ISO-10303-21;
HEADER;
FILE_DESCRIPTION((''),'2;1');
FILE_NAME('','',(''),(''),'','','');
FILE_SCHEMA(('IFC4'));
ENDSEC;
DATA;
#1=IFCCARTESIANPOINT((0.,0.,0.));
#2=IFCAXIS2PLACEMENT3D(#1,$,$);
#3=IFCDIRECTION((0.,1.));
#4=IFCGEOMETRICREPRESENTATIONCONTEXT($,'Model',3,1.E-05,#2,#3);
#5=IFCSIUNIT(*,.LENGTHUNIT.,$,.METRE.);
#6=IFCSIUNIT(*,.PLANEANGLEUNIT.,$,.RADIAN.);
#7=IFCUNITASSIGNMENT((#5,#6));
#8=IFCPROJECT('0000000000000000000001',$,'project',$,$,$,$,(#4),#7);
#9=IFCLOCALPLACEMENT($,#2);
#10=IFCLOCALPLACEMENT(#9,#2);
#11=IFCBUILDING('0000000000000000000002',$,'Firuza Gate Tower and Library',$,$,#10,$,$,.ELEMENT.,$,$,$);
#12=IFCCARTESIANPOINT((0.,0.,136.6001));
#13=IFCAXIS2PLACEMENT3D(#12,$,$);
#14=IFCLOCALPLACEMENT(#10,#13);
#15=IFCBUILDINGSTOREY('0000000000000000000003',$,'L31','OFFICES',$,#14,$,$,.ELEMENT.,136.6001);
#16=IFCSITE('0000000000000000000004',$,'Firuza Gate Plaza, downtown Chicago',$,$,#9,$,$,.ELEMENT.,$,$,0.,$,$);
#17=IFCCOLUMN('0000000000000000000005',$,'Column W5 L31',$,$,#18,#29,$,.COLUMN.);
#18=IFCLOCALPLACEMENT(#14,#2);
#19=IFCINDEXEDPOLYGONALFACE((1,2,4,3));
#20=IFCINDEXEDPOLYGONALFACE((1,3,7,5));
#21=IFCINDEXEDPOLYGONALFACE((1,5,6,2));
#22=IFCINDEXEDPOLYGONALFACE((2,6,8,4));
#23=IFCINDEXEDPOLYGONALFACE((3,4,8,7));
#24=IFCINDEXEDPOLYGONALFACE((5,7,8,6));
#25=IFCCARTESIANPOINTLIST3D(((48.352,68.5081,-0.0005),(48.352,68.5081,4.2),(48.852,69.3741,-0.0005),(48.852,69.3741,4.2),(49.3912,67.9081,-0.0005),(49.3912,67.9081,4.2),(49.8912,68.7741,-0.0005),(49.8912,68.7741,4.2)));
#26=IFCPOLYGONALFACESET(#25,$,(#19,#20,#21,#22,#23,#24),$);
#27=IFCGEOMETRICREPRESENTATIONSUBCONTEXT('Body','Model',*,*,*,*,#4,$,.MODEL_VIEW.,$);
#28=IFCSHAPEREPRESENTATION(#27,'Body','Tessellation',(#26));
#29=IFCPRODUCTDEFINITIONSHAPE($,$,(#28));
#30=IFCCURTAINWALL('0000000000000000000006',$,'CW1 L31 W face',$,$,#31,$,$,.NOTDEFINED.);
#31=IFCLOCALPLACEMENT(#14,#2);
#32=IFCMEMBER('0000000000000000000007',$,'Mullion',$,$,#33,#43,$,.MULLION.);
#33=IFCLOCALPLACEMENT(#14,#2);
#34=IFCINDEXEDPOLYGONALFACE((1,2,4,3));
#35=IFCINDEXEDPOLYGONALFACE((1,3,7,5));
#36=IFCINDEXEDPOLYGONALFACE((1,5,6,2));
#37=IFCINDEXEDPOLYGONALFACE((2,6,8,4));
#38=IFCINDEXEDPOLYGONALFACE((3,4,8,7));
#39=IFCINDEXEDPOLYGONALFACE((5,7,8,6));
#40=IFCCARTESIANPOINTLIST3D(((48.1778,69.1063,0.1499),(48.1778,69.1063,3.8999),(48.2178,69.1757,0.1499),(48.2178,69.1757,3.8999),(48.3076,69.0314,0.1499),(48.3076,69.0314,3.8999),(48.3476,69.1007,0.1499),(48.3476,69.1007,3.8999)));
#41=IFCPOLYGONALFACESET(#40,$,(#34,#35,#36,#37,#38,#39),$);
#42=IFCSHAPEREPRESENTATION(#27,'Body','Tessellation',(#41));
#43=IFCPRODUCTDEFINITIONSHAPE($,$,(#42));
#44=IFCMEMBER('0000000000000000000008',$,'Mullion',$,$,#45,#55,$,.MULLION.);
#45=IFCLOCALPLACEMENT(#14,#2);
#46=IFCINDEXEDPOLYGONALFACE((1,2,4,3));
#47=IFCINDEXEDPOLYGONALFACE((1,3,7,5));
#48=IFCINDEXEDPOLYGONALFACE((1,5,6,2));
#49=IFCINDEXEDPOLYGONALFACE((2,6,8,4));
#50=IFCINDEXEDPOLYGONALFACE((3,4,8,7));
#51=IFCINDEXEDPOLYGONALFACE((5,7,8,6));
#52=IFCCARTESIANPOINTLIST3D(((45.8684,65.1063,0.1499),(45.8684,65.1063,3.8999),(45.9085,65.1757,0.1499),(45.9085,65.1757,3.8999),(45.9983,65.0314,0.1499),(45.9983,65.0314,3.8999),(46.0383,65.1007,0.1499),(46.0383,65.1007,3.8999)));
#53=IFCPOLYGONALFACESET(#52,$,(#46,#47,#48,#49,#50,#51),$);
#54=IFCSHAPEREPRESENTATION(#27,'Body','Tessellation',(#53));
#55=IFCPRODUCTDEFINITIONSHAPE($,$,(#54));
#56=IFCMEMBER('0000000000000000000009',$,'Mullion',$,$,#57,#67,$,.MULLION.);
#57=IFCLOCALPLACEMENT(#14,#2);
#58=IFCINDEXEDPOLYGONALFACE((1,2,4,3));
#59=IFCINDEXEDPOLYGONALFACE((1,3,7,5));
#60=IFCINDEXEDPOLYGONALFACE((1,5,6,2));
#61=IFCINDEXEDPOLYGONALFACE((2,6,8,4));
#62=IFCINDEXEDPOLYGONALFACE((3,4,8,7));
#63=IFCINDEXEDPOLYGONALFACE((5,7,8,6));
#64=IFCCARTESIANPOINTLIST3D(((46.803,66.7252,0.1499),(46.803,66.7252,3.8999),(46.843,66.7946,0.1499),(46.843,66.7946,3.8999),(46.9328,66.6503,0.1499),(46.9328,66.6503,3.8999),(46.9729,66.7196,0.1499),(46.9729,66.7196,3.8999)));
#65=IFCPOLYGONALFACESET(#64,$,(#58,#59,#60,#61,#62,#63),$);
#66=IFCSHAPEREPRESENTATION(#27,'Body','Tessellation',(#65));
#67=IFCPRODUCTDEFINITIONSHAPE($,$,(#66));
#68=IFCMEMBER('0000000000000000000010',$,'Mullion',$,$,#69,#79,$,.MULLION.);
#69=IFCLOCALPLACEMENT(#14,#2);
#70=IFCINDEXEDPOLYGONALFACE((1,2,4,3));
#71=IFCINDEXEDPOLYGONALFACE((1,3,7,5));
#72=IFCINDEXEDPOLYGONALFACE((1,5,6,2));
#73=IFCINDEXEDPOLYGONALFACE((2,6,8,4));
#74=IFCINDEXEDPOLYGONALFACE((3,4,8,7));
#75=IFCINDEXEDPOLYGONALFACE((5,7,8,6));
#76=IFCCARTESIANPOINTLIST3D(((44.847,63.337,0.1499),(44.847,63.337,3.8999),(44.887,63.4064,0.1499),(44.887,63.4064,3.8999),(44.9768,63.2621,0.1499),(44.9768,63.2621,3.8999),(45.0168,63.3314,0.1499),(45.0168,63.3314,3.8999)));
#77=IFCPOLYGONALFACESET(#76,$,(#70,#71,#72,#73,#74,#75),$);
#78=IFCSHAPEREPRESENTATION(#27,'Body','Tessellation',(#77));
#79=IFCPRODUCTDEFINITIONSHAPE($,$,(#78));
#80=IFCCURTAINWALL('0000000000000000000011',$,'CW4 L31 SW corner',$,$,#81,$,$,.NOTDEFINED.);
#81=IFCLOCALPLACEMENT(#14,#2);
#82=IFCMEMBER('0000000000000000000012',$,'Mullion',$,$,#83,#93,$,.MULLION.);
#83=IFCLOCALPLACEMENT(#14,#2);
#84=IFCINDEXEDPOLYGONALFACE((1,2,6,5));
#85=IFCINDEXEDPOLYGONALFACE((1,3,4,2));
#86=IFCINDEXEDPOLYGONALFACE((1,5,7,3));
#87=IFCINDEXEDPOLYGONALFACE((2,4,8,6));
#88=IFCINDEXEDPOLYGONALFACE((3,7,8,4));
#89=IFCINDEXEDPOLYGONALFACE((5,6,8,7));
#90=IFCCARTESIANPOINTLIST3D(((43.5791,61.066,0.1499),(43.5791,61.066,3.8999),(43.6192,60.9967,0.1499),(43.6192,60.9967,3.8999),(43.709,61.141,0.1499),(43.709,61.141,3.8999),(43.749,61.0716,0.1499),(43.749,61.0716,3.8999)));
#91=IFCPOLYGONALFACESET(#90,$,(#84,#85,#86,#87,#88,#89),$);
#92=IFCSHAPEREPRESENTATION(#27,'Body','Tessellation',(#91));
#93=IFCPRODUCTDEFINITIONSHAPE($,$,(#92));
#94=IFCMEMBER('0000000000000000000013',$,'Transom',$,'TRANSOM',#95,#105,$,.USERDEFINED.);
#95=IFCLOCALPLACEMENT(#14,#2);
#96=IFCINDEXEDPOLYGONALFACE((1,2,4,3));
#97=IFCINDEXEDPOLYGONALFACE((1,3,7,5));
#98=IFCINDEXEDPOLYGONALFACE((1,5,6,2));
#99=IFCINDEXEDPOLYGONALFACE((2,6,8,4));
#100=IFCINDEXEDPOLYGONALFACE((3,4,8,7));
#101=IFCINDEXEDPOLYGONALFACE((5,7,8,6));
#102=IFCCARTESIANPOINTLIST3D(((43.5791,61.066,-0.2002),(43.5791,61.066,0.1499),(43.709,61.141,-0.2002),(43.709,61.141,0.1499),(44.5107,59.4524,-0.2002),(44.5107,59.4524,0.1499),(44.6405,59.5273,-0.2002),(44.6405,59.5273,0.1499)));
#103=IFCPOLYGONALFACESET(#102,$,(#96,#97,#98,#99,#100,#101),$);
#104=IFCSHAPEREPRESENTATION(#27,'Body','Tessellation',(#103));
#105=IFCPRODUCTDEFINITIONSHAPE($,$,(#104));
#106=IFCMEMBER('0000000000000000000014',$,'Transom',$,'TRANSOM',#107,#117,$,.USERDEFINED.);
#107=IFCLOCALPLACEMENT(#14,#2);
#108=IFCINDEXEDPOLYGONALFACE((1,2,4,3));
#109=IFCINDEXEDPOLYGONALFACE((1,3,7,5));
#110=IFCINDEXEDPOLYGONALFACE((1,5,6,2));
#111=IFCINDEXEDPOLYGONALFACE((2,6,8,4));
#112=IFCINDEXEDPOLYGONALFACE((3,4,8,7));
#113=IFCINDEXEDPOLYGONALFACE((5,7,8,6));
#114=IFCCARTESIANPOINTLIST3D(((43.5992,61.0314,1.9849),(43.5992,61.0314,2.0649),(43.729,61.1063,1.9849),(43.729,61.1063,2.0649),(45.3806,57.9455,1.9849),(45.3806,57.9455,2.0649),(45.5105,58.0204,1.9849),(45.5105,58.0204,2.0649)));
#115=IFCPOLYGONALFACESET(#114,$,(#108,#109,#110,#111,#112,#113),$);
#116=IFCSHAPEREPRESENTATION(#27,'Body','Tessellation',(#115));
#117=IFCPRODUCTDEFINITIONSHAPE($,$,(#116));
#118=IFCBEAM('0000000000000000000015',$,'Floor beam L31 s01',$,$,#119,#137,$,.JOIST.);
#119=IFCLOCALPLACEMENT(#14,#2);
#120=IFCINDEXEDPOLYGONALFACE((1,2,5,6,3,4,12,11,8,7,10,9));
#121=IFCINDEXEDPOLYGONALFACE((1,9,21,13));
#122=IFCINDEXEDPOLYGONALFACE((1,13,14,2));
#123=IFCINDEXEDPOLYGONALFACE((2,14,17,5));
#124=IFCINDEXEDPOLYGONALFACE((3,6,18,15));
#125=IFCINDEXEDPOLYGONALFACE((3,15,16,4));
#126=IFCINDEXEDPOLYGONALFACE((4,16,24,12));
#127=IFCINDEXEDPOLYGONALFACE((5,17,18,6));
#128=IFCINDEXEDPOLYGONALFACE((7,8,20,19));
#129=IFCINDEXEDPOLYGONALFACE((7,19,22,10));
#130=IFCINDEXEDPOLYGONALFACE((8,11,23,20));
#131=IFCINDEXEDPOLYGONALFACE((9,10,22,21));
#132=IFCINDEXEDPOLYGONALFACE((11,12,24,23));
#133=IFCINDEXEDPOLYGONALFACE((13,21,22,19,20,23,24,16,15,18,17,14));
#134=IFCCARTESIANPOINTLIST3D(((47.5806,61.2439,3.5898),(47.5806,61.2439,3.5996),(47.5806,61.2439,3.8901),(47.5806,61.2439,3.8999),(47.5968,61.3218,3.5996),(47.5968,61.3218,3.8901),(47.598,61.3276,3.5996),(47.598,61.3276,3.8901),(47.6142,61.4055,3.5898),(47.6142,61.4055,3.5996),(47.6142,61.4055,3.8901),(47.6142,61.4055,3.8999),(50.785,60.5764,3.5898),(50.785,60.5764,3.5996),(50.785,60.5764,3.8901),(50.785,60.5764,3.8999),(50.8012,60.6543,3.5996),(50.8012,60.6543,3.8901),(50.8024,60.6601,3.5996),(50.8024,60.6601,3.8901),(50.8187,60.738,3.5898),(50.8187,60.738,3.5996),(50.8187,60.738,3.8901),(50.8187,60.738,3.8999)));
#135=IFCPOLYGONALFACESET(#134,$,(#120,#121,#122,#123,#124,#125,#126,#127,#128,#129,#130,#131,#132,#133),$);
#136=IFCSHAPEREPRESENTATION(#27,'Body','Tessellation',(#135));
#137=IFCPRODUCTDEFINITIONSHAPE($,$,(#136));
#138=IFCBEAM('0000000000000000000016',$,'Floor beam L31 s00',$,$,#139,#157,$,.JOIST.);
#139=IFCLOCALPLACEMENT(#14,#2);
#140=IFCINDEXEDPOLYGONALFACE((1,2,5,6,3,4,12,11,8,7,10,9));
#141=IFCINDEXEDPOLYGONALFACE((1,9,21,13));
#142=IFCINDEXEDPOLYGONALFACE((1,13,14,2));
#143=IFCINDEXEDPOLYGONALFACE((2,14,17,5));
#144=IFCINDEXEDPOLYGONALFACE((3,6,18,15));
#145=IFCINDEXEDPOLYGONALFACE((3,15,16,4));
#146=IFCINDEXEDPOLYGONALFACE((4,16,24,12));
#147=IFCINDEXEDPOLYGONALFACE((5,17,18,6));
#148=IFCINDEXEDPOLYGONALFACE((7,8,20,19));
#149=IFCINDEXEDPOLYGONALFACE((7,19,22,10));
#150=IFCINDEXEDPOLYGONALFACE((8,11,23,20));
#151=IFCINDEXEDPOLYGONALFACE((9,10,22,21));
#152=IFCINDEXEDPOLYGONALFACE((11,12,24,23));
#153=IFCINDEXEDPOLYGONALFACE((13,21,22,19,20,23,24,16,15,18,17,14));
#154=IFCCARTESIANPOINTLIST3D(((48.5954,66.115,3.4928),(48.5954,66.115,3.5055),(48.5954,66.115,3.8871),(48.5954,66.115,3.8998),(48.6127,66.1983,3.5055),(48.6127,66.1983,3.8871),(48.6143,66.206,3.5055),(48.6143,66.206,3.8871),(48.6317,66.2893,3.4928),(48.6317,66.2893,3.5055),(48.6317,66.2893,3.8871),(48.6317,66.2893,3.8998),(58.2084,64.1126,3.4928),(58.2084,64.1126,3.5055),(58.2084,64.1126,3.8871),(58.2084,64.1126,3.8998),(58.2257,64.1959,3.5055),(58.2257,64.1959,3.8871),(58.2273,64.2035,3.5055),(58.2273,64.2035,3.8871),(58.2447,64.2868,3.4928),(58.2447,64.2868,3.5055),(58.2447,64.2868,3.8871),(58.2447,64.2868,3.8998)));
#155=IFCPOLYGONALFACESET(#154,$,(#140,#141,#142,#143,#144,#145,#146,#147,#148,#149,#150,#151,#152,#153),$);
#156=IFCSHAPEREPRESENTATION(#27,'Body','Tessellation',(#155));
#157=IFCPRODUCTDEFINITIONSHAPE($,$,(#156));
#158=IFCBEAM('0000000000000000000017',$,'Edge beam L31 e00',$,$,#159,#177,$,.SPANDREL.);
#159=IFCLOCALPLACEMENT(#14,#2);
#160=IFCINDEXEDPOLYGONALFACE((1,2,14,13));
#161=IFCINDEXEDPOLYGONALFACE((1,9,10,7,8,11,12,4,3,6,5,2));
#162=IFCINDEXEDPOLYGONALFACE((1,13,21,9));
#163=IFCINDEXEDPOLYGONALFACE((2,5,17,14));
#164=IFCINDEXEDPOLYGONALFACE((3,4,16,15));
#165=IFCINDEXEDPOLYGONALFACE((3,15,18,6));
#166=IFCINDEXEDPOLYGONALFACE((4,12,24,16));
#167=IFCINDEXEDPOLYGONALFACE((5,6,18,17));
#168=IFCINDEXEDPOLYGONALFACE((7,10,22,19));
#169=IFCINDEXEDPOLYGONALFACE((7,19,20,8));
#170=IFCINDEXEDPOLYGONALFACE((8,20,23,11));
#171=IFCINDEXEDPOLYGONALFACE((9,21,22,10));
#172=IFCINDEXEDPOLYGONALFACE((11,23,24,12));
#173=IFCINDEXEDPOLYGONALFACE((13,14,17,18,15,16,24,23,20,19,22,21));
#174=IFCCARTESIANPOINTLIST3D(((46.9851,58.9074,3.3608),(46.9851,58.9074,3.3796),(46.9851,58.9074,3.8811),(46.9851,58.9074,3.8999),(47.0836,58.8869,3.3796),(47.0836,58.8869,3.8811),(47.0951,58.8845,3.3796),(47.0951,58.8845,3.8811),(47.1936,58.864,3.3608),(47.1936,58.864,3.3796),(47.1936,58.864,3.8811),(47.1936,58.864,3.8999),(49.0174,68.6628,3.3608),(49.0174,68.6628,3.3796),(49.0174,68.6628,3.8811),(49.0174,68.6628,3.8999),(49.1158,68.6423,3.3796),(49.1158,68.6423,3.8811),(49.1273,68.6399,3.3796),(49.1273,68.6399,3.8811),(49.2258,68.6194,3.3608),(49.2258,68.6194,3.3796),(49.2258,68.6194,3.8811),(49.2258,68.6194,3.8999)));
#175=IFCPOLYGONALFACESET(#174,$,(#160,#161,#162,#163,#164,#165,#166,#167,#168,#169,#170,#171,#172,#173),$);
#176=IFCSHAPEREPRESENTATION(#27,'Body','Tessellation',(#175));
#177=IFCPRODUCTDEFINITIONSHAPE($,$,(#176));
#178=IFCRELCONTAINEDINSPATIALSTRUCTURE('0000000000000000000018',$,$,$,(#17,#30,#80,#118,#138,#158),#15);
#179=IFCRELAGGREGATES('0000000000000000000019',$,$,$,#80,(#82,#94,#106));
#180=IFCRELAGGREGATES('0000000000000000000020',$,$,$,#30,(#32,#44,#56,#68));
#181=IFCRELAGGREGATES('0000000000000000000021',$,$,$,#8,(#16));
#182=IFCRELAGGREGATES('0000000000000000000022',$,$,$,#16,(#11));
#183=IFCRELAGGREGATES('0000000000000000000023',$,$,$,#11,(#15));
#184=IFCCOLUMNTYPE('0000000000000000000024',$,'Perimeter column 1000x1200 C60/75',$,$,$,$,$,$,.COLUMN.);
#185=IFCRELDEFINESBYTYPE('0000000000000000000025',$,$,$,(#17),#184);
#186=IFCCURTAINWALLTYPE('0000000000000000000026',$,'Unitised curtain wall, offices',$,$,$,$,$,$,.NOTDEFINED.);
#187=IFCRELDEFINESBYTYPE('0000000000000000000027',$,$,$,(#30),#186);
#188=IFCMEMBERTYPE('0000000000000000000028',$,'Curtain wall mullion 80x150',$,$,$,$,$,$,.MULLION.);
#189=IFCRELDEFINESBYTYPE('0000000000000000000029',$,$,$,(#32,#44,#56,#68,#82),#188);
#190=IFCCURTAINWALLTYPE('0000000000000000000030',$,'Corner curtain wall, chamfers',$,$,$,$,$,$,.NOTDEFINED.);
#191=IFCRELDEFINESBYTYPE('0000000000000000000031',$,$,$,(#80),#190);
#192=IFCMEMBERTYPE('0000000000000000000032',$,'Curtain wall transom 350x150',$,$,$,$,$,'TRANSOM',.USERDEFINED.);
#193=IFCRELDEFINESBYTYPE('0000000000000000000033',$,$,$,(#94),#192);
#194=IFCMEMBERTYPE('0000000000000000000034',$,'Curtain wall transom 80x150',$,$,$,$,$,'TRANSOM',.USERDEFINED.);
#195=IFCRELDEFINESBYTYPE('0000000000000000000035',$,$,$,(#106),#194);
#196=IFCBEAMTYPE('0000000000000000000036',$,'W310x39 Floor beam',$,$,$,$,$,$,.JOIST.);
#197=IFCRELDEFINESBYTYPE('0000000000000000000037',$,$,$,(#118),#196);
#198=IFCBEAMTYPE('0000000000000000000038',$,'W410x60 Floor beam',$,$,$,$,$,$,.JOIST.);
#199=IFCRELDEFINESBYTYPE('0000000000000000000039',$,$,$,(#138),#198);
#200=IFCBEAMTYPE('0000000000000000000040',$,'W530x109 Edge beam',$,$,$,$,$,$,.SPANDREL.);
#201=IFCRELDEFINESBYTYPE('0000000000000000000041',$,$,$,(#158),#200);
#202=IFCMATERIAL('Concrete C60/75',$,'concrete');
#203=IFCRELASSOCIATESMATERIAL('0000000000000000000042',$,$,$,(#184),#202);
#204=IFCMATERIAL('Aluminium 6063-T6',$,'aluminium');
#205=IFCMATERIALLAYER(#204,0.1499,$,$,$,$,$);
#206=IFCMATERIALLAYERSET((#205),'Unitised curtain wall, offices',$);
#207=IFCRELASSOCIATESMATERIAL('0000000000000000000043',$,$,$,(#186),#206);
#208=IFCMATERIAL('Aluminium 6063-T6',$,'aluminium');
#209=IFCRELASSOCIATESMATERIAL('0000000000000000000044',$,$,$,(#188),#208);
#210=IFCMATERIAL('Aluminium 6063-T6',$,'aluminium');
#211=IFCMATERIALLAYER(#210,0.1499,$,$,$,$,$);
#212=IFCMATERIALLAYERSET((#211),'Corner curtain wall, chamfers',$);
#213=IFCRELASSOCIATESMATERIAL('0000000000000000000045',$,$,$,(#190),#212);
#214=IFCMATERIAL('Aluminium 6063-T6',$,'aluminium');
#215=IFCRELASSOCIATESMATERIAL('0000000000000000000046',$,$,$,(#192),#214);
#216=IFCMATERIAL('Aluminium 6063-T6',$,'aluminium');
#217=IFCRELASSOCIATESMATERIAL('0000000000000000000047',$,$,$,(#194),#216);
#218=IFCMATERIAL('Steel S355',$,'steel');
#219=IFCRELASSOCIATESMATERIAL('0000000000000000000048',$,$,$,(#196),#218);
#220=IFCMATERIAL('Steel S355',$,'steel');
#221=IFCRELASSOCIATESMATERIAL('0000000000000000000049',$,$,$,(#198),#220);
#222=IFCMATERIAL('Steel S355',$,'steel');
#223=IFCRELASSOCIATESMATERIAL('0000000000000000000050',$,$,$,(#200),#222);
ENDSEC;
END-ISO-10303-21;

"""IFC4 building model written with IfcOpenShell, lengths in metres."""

from ifc_helpers import new_model, si_unit, direction, frame, origin, origin_2d, place, context, subcontext, project, spatial, rectangle, i_section, extrude, material, layer, layer_set, material_profile, profile_set, type_object, element, aggregate, save


model = new_model("IFC4")

# Units and contexts
model_context = context("Model", 3, precision=1e-05, world=origin(), true_north=direction((0.0, 1.0)))
body_context = subcontext(model_context, "Body", "Model", "MODEL_VIEW")
ifc_project = project(units=[si_unit("LENGTHUNIT", "METRE"), si_unit("PLANEANGLEUNIT", "RADIAN")], contexts=[model_context])

# Site, building, storey
site_placement = place(None, origin())
site = spatial("IfcSite", under=ifc_project, at=site_placement, Name="Firuza Gate Plaza, downtown Chicago", CompositionType="ELEMENT", RefElevation=0.0)
building_placement = place(site_placement, origin())
building = spatial("IfcBuilding", under=site, at=building_placement, Name="Firuza Gate Tower and Library", CompositionType="ELEMENT")
storey_placement = place(building_placement, frame((0.0, 0.0, 136.6001)))
storey = spatial("IfcBuildingStorey", under=building, at=storey_placement, Name="L31", Description="OFFICES", CompositionType="ELEMENT", Elevation=136.6001)

# Column
ifc_material_1 = material(Name="Concrete C60/75", Category="concrete")
ifc_material_profile_1 = material_profile(ifc_material_1, rectangle(XDim=1.0, YDim=1.2, at=origin_2d()))
ifc_profile_set_1 = profile_set([ifc_material_profile_1], Name="Concrete C60/75")
column_type = type_object("IfcColumnType", Name="Perimeter column 1000x1200 C60/75", PredefinedType="COLUMN", material=ifc_profile_set_1)
column_placement = place(storey_placement, frame((49.1216, 68.6411, -0.0005), z_axis=(0.0, 0.0, 1.0), x_axis=(-0.5, -0.866025, 0.0)))
element("IfcColumn", 1, at=column_placement, inside=storey, type_object=column_type, Name="Column W5 L31", PredefinedType="COLUMN", context=body_context, shape_type="SweptSolid", body=[
    extrude(rectangle(XDim=1.0, YDim=1.2, at=origin_2d()), origin(), (0.0, 0.0, 1.0), 4.2004),
])

# Curtain walls, members
ifc_material_2 = material(Name="Aluminium 6063-T6", Category="aluminium")
ifc_layer_1 = layer(ifc_material_2, 0.1499)
ifc_layer_set_1 = layer_set([ifc_layer_1], Name="Unitised curtain wall, offices")
curtain_wall_type_1 = type_object("IfcCurtainWallType", Name="Unitised curtain wall, offices", PredefinedType="NOTDEFINED", material=ifc_layer_set_1)
placement = place(storey_placement, origin())
curtain_wall_1 = element("IfcCurtainWall", 2, at=placement, inside=storey, type_object=curtain_wall_type_1, Name="CW1 L31 W face", PredefinedType="NOTDEFINED")
ifc_material_3 = material(Name="Aluminium 6063-T6", Category="aluminium")
ifc_material_profile_2 = material_profile(ifc_material_3, rectangle(XDim=0.1499, YDim=0.0801, at=origin_2d()))
ifc_profile_set_2 = profile_set([ifc_material_profile_2], Name="Aluminium 6063-T6")
member_type_1 = type_object("IfcMemberType", Name="Curtain wall mullion 80x150", PredefinedType="MULLION", material=ifc_profile_set_2)
member_1_placement = place(storey_placement, frame((48.2627, 69.1035, 0.1499), z_axis=(0.0, 0.0, 1.0), x_axis=(0.866025, -0.5, 0.0)))
member_1 = element("IfcMember", 3, at=member_1_placement, type_object=member_type_1, Name="Mullion", PredefinedType="MULLION", context=body_context, shape_type="SweptSolid", body=[
    extrude(rectangle(XDim=0.1499, YDim=0.0801, at=origin_2d()), origin(), (0.0, 0.0, 1.0), 3.75),
])
member_2_placement = place(storey_placement, frame((45.9534, 65.1035, 0.1499), z_axis=(0.0, 0.0, 1.0), x_axis=(0.866025, -0.5, 0.0)))
member_2 = element("IfcMember", 4, at=member_2_placement, type_object=member_type_1, Name="Mullion", PredefinedType="MULLION", context=body_context, shape_type="SweptSolid", body=[
    extrude(rectangle(XDim=0.1499, YDim=0.0801, at=origin_2d()), origin(), (0.0, 0.0, 1.0), 3.75),
])
member_3_placement = place(storey_placement, frame((46.8879, 66.7224, 0.1499), z_axis=(0.0, 0.0, 1.0), x_axis=(0.866025, -0.5, 0.0)))
member_3 = element("IfcMember", 5, at=member_3_placement, type_object=member_type_1, Name="Mullion", PredefinedType="MULLION", context=body_context, shape_type="SweptSolid", body=[
    extrude(rectangle(XDim=0.1499, YDim=0.0801, at=origin_2d()), origin(), (0.0, 0.0, 1.0), 3.75),
])
member_4_placement = place(storey_placement, frame((44.9319, 63.3342, 0.1499), z_axis=(0.0, 0.0, 1.0), x_axis=(0.866025, -0.5, 0.0)))
member_4 = element("IfcMember", 6, at=member_4_placement, type_object=member_type_1, Name="Mullion", PredefinedType="MULLION", context=body_context, shape_type="SweptSolid", body=[
    extrude(rectangle(XDim=0.1499, YDim=0.0801, at=origin_2d()), origin(), (0.0, 0.0, 1.0), 3.75),
])
ifc_material_4 = material(Name="Aluminium 6063-T6", Category="aluminium")
ifc_layer_2 = layer(ifc_material_4, 0.1499)
ifc_layer_set_2 = layer_set([ifc_layer_2], Name="Corner curtain wall, chamfers")
curtain_wall_type_2 = type_object("IfcCurtainWallType", Name="Corner curtain wall, chamfers", PredefinedType="NOTDEFINED", material=ifc_layer_set_2)
curtain_wall_2 = element("IfcCurtainWall", 7, at=placement, inside=storey, type_object=curtain_wall_type_2, Name="CW4 L31 SW corner", PredefinedType="NOTDEFINED")
member_5_placement = place(storey_placement, frame((43.6641, 61.0688, 0.1499), z_axis=(0.0, 0.0, 1.0), x_axis=(0.866025, 0.5, 0.0)))
member_5 = element("IfcMember", 8, at=member_5_placement, type_object=member_type_1, Name="Mullion", PredefinedType="MULLION", context=body_context, shape_type="SweptSolid", body=[
    extrude(rectangle(XDim=0.1499, YDim=0.0801, at=origin_2d()), origin(), (0.0, 0.0, 1.0), 3.75),
])
ifc_material_5 = material(Name="Aluminium 6063-T6", Category="aluminium")
ifc_material_profile_3 = material_profile(ifc_material_5, rectangle(XDim=0.1499, YDim=0.3501, at=origin_2d()))
ifc_profile_set_3 = profile_set([ifc_material_profile_3], Name="Aluminium 6063-T6")
member_type_2 = type_object("IfcMemberType", Name="Curtain wall transom 350x150", ElementType="TRANSOM", PredefinedType="USERDEFINED", material=ifc_profile_set_3)
member_6_placement = place(storey_placement, frame((43.644, 61.1035, -0.0251), z_axis=(0.499972, -0.866042, 0.0), x_axis=(0.866042, 0.499972, 0.0)))
member_6 = element("IfcMember", 9, at=member_6_placement, type_object=member_type_2, Name="Transom", ObjectType="TRANSOM", PredefinedType="USERDEFINED", context=body_context, shape_type="SweptSolid", body=[
    extrude(rectangle(XDim=0.1499, YDim=0.3501, at=origin_2d()), origin(), (0.0, 0.0, 1.0), 1.8633),
])
ifc_material_6 = material(Name="Aluminium 6063-T6", Category="aluminium")
ifc_material_profile_4 = material_profile(ifc_material_6, rectangle(XDim=0.1499, YDim=0.0801, at=origin_2d()))
ifc_profile_set_4 = profile_set([ifc_material_profile_4], Name="Aluminium 6063-T6")
member_type_3 = type_object("IfcMemberType", Name="Curtain wall transom 80x150", ElementType="TRANSOM", PredefinedType="USERDEFINED", material=ifc_profile_set_4)
member_7_placement = place(storey_placement, frame((43.6641, 61.0688, 2.0249), z_axis=(0.499964, -0.866046, 0.0), x_axis=(0.866046, 0.499964, 0.0)))
member_7 = element("IfcMember", 10, at=member_7_placement, type_object=member_type_3, Name="Transom", ObjectType="TRANSOM", PredefinedType="USERDEFINED", context=body_context, shape_type="SweptSolid", body=[
    extrude(rectangle(XDim=0.1499, YDim=0.0801, at=origin_2d()), origin(), (0.0, 0.0, 1.0), 3.5632),
])

# Beams
ifc_material_7 = material(Name="Steel S355", Category="steel")
ifc_material_profile_5 = material_profile(ifc_material_7, i_section(OverallWidth=0.165, OverallDepth=0.3101, WebThickness=0.0059, FlangeThickness=0.0098, at=origin_2d()))
ifc_profile_set_5 = profile_set([ifc_material_profile_5], Name="Steel S355")
beam_type_1 = type_object("IfcBeamType", Name="W310x39 Floor beam", PredefinedType="JOIST", material=ifc_profile_set_5)
beam_1_placement = place(storey_placement, frame((47.5974, 61.3247, 3.7449), z_axis=(0.978986, -0.203927, 0.0), x_axis=(0.203927, 0.978986, 0.0)))
element("IfcBeam", 11, at=beam_1_placement, inside=storey, type_object=beam_type_1, Name="Floor beam L31 s01", PredefinedType="JOIST", context=body_context, shape_type="SweptSolid", body=[
    extrude(i_section(OverallWidth=0.165, OverallDepth=0.3101, WebThickness=0.0059, FlangeThickness=0.0098, at=origin_2d()), origin(), (0.0, 0.0, 1.0), 3.2732),
])
ifc_material_8 = material(Name="Steel S355", Category="steel")
ifc_material_profile_6 = material_profile(ifc_material_8, i_section(OverallWidth=0.178, OverallDepth=0.407, WebThickness=0.0078, FlangeThickness=0.0127, at=origin_2d()))
ifc_profile_set_6 = profile_set([ifc_material_profile_6], Name="Steel S355")
beam_type_2 = type_object("IfcBeamType", Name="W410x60 Floor beam", PredefinedType="JOIST", material=ifc_profile_set_6)
beam_2_placement = place(storey_placement, frame((48.6135, 66.2021, 3.6963), z_axis=(0.978986, -0.203927, 0.0), x_axis=(0.203927, 0.978986, 0.0)))
element("IfcBeam", 12, at=beam_2_placement, inside=storey, type_object=beam_type_2, Name="Floor beam L31 s00", PredefinedType="JOIST", context=body_context, shape_type="SweptSolid", body=[
    extrude(i_section(OverallWidth=0.178, OverallDepth=0.407, WebThickness=0.0078, FlangeThickness=0.0127, at=origin_2d()), origin(), (0.0, 0.0, 1.0), 9.8193),
])
ifc_material_9 = material(Name="Steel S355", Category="steel")
ifc_material_profile_7 = material_profile(ifc_material_9, i_section(OverallWidth=0.2129, OverallDepth=0.5391, WebThickness=0.0117, FlangeThickness=0.0188, at=origin_2d()))
ifc_profile_set_7 = profile_set([ifc_material_profile_7], Name="Steel S355")
beam_type_3 = type_object("IfcBeamType", Name="W530x109 Edge beam", PredefinedType="SPANDREL", material=ifc_profile_set_7)
beam_3_placement = place(storey_placement, frame((49.1216, 68.6411, 3.6304), z_axis=(-0.203941, -0.978983, 0.0), x_axis=(0.978983, -0.203941, 0.0)))
element("IfcBeam", 13, at=beam_3_placement, inside=storey, type_object=beam_type_3, Name="Edge beam L31 e00", PredefinedType="SPANDREL", context=body_context, shape_type="SweptSolid", body=[
    extrude(i_section(OverallWidth=0.2129, OverallDepth=0.5391, WebThickness=0.0117, FlangeThickness=0.0188, at=origin_2d()), origin(), (0.0, 0.0, 1.0), 9.9648),
])

aggregate(curtain_wall_2, [member_5, member_6, member_7])
aggregate(curtain_wall_1, [member_1, member_2, member_3, member_4])

save(model, "model.ifc")
